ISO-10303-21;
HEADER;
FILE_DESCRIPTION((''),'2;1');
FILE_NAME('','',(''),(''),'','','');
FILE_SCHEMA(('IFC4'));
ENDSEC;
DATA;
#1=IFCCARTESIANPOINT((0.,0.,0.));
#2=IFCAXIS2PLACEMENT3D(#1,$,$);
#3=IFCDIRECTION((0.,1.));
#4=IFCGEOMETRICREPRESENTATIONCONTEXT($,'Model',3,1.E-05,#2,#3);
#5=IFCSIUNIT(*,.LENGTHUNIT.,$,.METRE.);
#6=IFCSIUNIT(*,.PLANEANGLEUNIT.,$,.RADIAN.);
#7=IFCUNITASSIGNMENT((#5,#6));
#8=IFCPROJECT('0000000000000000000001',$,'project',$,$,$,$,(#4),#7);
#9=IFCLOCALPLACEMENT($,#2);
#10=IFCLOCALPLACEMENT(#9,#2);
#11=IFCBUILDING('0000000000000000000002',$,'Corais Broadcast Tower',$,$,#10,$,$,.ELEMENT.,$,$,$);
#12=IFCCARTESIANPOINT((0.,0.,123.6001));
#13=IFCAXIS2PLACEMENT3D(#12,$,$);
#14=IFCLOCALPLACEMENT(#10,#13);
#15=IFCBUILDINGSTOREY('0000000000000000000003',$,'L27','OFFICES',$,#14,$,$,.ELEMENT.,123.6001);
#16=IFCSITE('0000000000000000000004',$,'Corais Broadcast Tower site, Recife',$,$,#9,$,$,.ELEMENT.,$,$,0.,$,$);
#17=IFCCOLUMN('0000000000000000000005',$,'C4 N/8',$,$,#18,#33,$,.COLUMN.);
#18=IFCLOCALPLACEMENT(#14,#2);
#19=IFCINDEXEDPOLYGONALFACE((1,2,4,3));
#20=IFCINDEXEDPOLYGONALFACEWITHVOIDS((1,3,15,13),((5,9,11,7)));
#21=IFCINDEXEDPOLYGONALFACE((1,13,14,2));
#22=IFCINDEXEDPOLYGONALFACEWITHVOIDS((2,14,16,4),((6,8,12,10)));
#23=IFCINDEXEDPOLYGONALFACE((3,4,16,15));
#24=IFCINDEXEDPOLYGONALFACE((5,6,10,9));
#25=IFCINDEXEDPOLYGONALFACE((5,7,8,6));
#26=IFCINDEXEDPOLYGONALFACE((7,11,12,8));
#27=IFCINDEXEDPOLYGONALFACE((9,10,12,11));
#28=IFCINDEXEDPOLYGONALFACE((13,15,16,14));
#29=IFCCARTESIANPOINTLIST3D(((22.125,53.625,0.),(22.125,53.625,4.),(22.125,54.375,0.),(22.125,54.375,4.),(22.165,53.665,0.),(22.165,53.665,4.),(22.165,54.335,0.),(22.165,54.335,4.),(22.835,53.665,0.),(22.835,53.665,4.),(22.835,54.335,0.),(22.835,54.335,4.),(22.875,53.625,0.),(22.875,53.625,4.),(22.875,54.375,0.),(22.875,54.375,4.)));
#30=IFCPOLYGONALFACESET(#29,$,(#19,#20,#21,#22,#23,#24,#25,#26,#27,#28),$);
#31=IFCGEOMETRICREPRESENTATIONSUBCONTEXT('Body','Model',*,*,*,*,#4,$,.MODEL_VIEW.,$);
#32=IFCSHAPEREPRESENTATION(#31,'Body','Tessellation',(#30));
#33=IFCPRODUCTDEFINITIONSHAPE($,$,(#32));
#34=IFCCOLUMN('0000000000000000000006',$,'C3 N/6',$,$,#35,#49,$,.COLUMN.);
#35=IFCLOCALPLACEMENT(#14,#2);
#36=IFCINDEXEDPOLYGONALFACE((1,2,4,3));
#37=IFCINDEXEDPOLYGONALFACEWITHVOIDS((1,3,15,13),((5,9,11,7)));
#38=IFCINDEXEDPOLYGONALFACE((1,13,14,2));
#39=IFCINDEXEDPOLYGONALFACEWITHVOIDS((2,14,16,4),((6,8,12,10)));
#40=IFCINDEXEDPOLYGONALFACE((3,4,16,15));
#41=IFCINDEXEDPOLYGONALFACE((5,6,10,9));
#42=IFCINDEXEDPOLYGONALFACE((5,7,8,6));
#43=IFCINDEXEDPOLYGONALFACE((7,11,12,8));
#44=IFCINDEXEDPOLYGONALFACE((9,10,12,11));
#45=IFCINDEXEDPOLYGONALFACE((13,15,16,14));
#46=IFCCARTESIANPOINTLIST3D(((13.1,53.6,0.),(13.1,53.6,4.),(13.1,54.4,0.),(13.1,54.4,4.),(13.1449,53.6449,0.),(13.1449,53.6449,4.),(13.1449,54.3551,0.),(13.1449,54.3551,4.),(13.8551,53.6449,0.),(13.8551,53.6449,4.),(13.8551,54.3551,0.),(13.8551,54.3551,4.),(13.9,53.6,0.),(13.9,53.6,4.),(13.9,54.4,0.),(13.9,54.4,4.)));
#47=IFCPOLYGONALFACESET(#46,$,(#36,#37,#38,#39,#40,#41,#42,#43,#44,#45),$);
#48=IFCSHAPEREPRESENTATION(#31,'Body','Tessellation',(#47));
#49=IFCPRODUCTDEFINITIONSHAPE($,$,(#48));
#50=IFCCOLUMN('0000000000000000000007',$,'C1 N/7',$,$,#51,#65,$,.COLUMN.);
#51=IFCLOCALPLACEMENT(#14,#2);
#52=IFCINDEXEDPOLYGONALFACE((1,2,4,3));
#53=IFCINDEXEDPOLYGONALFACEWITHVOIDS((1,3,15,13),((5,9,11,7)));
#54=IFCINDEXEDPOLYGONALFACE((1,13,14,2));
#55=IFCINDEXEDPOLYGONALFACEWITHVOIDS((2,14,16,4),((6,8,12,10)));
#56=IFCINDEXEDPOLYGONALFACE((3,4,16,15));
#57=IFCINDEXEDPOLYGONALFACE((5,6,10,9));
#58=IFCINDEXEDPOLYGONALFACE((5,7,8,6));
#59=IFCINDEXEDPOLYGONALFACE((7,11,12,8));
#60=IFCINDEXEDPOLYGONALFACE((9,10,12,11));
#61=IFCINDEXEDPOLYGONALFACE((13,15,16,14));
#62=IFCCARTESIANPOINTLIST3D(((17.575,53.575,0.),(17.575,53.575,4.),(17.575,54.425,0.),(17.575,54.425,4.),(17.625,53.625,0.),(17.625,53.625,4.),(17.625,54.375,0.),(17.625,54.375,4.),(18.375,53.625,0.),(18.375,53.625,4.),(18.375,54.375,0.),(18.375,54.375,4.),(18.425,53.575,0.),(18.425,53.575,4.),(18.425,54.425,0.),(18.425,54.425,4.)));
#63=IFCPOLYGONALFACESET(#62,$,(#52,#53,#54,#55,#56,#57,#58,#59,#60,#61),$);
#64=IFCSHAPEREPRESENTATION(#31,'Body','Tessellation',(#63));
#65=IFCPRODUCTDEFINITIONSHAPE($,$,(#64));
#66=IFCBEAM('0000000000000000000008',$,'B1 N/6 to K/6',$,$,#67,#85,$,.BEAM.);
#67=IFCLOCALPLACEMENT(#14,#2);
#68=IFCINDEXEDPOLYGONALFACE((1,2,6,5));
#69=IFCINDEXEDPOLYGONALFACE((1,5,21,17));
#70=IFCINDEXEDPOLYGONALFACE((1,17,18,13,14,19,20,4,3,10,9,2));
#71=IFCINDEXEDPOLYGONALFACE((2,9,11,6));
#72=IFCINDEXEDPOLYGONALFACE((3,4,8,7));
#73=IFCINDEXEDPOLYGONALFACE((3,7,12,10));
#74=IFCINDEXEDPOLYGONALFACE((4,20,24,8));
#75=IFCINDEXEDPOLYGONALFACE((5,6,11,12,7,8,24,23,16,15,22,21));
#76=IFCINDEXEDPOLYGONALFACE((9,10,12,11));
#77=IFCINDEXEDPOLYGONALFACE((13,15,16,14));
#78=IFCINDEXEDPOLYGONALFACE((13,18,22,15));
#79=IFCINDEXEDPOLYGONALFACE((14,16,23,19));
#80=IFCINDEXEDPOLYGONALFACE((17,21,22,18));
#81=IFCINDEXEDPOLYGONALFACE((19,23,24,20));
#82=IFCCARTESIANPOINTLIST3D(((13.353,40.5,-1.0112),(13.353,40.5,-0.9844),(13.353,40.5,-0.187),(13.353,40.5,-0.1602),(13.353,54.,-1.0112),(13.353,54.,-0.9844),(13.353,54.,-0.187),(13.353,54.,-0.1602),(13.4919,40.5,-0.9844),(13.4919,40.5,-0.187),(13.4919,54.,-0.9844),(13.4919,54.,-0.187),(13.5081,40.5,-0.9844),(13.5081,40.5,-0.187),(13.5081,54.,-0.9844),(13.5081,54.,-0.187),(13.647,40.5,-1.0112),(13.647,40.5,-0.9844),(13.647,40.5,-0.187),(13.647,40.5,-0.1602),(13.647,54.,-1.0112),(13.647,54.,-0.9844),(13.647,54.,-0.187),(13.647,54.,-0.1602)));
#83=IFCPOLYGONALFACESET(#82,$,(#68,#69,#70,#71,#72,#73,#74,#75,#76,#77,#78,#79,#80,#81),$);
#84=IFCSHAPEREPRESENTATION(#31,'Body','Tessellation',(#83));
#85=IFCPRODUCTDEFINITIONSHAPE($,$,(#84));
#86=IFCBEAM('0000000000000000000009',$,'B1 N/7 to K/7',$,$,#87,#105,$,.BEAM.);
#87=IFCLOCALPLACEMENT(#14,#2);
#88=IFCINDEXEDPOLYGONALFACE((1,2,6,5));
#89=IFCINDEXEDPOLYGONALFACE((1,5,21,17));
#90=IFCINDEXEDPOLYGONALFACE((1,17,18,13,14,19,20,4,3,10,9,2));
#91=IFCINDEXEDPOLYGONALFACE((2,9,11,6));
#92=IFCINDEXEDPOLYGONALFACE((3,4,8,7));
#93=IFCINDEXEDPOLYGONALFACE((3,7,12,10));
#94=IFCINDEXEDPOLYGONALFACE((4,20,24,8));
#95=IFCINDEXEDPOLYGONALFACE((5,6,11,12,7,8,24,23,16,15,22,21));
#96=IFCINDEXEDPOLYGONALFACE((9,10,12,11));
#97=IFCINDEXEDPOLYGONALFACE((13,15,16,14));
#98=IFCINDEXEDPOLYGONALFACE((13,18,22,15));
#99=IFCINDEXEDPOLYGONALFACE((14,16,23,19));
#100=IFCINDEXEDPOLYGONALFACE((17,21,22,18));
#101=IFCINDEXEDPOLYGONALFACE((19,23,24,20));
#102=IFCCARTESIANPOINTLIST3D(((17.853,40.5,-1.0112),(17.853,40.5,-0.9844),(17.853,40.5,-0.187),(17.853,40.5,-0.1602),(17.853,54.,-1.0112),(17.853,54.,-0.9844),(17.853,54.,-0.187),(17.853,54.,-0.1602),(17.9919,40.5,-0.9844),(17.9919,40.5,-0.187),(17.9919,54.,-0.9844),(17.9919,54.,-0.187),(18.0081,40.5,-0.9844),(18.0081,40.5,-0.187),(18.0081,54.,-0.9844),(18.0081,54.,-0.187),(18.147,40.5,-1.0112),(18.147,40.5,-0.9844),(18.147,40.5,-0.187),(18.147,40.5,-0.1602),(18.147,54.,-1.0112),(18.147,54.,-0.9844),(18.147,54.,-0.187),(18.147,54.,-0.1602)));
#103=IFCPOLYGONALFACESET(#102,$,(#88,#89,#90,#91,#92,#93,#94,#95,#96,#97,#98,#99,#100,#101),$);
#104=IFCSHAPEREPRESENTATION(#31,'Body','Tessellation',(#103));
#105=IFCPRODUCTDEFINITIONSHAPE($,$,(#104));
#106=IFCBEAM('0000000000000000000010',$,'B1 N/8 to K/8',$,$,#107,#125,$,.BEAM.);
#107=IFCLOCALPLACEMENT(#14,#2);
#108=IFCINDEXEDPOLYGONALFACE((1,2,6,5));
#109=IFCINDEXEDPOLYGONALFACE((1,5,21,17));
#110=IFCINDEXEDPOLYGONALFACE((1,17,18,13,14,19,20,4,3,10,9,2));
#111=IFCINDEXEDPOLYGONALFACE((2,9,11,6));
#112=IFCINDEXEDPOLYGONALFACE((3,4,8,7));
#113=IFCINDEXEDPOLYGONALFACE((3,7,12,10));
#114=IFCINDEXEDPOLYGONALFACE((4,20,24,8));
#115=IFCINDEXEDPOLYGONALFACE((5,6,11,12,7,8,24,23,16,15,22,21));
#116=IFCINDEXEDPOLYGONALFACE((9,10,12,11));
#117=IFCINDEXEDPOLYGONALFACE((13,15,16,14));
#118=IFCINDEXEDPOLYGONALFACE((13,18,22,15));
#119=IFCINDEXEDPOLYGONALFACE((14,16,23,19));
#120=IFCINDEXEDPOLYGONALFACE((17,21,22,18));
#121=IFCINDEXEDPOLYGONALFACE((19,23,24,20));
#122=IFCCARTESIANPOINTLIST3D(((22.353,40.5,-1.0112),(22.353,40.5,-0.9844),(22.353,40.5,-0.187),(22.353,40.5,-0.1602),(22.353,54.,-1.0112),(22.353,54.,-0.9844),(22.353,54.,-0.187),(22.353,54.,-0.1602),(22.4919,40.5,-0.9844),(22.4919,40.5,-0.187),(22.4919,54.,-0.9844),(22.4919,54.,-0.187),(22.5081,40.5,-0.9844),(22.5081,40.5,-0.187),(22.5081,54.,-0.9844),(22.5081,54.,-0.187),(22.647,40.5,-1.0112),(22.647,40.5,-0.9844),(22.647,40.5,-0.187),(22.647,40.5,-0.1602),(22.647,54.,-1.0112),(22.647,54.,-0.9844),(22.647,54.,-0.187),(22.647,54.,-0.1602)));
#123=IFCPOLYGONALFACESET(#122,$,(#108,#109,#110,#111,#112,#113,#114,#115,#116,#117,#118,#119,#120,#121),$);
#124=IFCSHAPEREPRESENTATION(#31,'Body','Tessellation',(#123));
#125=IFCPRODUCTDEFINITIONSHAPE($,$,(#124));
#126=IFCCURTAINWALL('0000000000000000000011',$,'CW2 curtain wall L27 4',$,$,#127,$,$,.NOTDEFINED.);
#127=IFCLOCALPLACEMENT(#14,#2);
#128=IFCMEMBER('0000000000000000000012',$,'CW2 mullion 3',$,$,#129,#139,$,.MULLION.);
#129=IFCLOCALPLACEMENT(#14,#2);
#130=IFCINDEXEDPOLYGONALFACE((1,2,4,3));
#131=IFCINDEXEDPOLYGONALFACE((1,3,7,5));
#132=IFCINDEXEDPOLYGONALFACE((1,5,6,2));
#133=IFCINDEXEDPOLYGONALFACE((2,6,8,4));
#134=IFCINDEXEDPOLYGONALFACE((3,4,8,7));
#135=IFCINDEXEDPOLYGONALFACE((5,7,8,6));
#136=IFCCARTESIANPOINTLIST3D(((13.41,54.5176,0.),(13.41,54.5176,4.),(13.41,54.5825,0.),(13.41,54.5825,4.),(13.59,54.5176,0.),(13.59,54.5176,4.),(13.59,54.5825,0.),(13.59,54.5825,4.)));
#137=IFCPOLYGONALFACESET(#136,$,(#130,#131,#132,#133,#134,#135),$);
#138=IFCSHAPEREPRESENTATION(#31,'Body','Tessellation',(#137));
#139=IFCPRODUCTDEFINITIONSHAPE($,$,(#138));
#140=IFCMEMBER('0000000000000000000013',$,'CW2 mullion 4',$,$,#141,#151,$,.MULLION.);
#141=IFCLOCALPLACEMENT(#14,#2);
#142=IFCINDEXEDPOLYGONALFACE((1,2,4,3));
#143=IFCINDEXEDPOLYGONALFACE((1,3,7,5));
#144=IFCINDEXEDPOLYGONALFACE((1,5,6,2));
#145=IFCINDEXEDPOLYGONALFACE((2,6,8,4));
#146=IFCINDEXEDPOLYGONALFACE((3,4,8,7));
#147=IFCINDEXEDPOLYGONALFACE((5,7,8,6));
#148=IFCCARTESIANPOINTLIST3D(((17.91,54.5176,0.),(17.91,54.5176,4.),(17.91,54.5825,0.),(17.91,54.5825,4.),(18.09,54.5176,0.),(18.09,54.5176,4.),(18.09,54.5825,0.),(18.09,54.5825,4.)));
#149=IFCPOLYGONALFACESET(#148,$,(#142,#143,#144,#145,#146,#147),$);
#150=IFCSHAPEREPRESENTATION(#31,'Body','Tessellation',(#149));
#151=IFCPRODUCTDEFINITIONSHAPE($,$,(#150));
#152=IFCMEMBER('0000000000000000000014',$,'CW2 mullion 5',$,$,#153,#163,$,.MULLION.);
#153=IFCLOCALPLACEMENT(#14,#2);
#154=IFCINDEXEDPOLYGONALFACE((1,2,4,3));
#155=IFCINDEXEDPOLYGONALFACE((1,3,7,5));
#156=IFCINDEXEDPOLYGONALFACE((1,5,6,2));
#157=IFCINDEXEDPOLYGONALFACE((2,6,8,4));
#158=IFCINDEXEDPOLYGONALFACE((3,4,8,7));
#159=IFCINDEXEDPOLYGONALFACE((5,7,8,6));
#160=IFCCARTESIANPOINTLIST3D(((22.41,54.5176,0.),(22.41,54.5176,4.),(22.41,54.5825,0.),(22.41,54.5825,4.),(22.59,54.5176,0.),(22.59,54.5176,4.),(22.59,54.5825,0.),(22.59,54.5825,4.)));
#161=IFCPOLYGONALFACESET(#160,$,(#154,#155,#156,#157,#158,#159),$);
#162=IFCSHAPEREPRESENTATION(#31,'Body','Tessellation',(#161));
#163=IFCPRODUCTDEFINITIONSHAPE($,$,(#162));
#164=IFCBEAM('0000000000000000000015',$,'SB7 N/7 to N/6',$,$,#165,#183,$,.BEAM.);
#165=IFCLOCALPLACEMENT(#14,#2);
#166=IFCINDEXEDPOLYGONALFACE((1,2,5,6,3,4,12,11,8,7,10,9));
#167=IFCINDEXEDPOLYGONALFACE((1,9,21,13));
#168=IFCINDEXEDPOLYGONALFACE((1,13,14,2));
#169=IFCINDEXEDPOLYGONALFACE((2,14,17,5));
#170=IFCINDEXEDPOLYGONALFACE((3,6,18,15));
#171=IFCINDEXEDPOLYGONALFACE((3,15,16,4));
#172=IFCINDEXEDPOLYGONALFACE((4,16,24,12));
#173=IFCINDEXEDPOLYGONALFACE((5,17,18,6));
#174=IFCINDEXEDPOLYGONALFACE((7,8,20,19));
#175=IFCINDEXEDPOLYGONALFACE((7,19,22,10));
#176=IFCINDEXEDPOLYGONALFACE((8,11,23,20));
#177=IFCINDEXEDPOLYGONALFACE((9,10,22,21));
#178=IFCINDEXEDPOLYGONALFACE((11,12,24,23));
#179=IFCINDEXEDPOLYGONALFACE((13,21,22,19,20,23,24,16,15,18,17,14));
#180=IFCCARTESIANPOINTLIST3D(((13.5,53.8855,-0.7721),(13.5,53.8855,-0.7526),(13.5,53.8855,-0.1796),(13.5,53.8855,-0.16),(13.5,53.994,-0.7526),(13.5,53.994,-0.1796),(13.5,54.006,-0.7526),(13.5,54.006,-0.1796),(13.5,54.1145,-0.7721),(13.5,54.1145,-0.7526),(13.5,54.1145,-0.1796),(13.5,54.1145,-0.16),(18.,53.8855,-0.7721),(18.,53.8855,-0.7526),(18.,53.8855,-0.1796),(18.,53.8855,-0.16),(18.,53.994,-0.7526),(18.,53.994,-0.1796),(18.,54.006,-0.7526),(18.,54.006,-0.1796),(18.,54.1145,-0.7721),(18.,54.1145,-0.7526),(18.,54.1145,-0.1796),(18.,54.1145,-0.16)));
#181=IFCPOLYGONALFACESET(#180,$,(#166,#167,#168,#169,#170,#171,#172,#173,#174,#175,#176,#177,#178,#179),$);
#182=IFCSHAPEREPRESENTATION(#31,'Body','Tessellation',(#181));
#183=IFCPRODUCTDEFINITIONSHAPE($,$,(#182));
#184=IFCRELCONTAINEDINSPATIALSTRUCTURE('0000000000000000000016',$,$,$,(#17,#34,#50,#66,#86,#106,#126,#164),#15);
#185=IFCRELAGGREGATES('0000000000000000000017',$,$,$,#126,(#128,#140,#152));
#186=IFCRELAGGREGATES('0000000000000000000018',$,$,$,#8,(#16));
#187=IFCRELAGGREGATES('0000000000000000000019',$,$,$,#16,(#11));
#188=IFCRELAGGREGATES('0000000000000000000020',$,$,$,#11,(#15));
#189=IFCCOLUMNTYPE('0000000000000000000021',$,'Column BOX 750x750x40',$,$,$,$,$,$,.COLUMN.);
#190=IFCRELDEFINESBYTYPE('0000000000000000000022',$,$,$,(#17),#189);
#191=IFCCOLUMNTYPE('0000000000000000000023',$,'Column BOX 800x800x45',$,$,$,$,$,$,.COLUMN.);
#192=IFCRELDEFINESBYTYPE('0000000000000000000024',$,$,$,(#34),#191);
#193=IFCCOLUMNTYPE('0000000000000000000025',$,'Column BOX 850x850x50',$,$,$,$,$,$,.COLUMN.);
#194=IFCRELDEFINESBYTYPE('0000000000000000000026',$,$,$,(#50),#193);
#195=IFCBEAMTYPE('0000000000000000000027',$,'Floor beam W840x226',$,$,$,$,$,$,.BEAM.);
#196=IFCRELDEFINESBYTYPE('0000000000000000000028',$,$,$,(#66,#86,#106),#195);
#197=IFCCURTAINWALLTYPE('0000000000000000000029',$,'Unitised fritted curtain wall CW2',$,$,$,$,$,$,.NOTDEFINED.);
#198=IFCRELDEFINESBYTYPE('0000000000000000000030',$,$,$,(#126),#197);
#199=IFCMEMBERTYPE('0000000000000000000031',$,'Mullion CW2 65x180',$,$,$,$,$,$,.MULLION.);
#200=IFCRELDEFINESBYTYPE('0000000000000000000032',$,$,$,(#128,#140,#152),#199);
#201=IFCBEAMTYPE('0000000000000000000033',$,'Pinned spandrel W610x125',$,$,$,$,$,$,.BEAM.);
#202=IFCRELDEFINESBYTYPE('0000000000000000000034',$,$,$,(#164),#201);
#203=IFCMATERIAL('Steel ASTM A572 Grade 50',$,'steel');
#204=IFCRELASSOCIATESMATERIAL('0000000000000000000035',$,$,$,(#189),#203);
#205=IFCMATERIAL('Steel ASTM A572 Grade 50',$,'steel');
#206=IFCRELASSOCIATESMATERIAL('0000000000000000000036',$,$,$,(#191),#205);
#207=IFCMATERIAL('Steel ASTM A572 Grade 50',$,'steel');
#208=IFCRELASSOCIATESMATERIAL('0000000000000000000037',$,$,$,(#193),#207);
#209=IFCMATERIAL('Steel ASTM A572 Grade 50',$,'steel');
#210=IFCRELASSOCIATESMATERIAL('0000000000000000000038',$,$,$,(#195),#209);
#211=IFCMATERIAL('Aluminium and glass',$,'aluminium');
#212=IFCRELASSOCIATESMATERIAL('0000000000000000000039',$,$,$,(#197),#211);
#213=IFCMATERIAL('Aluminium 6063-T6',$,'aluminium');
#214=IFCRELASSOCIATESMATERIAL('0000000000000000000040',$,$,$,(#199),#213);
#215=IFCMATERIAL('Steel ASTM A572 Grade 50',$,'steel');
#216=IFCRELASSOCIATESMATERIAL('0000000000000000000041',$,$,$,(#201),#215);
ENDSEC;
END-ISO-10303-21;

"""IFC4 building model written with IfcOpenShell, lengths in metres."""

from ifc_helpers import new_model, si_unit, direction, frame, origin, origin_2d, place, context, subcontext, project, spatial, rectangle, hollow_rectangle, i_section, extrude, material, material_profile, profile_set, type_object, element, aggregate, save


model = new_model("IFC4")

# Units and contexts
model_context = context("Model", 3, precision=1e-05, world=origin(), true_north=direction((0.0, 1.0)))
body_context = subcontext(model_context, "Body", "Model", "MODEL_VIEW")
ifc_project = project(units=[si_unit("LENGTHUNIT", "METRE"), si_unit("PLANEANGLEUNIT", "RADIAN")], contexts=[model_context])

# Site, building, storey
site_placement = place(None, origin())
site = spatial("IfcSite", under=ifc_project, at=site_placement, Name="Corais Broadcast Tower site, Recife", CompositionType="ELEMENT", RefElevation=0.0)
building_placement = place(site_placement, origin())
building = spatial("IfcBuilding", under=site, at=building_placement, Name="Corais Broadcast Tower", CompositionType="ELEMENT")
storey_placement = place(building_placement, frame((0.0, 0.0, 123.6001)))
storey = spatial("IfcBuildingStorey", under=building, at=storey_placement, Name="L27", Description="OFFICES", CompositionType="ELEMENT", Elevation=123.6001)

# Columns
ifc_material_1 = material(Name="Steel ASTM A572 Grade 50", Category="steel")
ifc_material_profile_1 = material_profile(ifc_material_1, hollow_rectangle(XDim=0.75, YDim=0.75, WallThickness=0.04, at=origin_2d()), Name="BOX 750x750x40")
ifc_profile_set_1 = profile_set([ifc_material_profile_1], Name="Steel ASTM A572 Grade 50")
column_type_1 = type_object("IfcColumnType", Name="Column BOX 750x750x40", PredefinedType="COLUMN", material=ifc_profile_set_1)
column_1_placement = place(storey_placement, frame((22.5, 54.0, 0.0), z_axis=(0.0, 0.0, 1.0), x_axis=(1.0, 0.0, 0.0)))
element("IfcColumn", 1, at=column_1_placement, inside=storey, type_object=column_type_1, Name="C4 N/8", PredefinedType="COLUMN", context=body_context, shape_type="SweptSolid", body=[
    extrude(hollow_rectangle(XDim=0.75, YDim=0.75, WallThickness=0.04, at=origin_2d()), origin(), (0.0, 0.0, 1.0), 4.0),
])
ifc_material_2 = material(Name="Steel ASTM A572 Grade 50", Category="steel")
ifc_material_profile_2 = material_profile(ifc_material_2, hollow_rectangle(XDim=0.8, YDim=0.8, WallThickness=0.0449, at=origin_2d()), Name="BOX 800x800x45")
ifc_profile_set_2 = profile_set([ifc_material_profile_2], Name="Steel ASTM A572 Grade 50")
column_type_2 = type_object("IfcColumnType", Name="Column BOX 800x800x45", PredefinedType="COLUMN", material=ifc_profile_set_2)
column_2_placement = place(storey_placement, frame((13.5, 54.0, 0.0), z_axis=(0.0, 0.0, 1.0), x_axis=(1.0, 0.0, 0.0)))
element("IfcColumn", 2, at=column_2_placement, inside=storey, type_object=column_type_2, Name="C3 N/6", PredefinedType="COLUMN", context=body_context, shape_type="SweptSolid", body=[
    extrude(hollow_rectangle(XDim=0.8, YDim=0.8, WallThickness=0.0449, at=origin_2d()), origin(), (0.0, 0.0, 1.0), 4.0),
])
ifc_material_3 = material(Name="Steel ASTM A572 Grade 50", Category="steel")
ifc_material_profile_3 = material_profile(ifc_material_3, hollow_rectangle(XDim=0.8501, YDim=0.8501, WallThickness=0.05, at=origin_2d()), Name="BOX 850x850x50")
ifc_profile_set_3 = profile_set([ifc_material_profile_3], Name="Steel ASTM A572 Grade 50")
column_type_3 = type_object("IfcColumnType", Name="Column BOX 850x850x50", PredefinedType="COLUMN", material=ifc_profile_set_3)
column_3_placement = place(storey_placement, frame((18.0, 54.0, 0.0), z_axis=(0.0, 0.0, 1.0), x_axis=(1.0, 0.0, 0.0)))
element("IfcColumn", 3, at=column_3_placement, inside=storey, type_object=column_type_3, Name="C1 N/7", PredefinedType="COLUMN", context=body_context, shape_type="SweptSolid", body=[
    extrude(hollow_rectangle(XDim=0.8501, YDim=0.8501, WallThickness=0.05, at=origin_2d()), origin(), (0.0, 0.0, 1.0), 4.0),
])

# Beams
ifc_material_4 = material(Name="Steel ASTM A572 Grade 50", Category="steel")
ifc_material_profile_4 = material_profile(ifc_material_4, i_section(OverallWidth=0.2939, OverallDepth=0.8511, WebThickness=0.0161, FlangeThickness=0.0269, at=origin_2d()), Name="W840x226")
ifc_profile_set_4 = profile_set([ifc_material_profile_4], Name="Steel ASTM A572 Grade 50")
beam_type_1 = type_object("IfcBeamType", Name="Floor beam W840x226", PredefinedType="BEAM", material=ifc_profile_set_4)
for number, where, z_axis, x_axis, name in (
    (4, (13.5, 54.0, -0.5857), (0.0, -1.0, 0.0), (1.0, 0.0, 0.0), "B1 N/6 to K/6"),
    (5, (18.0, 54.0, -0.5857), (0.0, -1.0, 0.0), (1.0, 0.0, 0.0), "B1 N/7 to K/7"),
    (6, (22.5, 54.0, -0.5857), (0.0, -1.0, 0.0), (1.0, 0.0, 0.0), "B1 N/8 to K/8"),
):
    element("IfcBeam", number, at=place(storey_placement, frame(where, z_axis=z_axis, x_axis=x_axis)), inside=storey, type_object=beam_type_1, Name=name, PredefinedType="BEAM", context=body_context, shape_type="SweptSolid", body=[
        extrude(i_section(OverallWidth=0.2939, OverallDepth=0.8511, WebThickness=0.0161, FlangeThickness=0.0269, at=origin_2d()), origin(), (0.0, 0.0, 1.0), 13.5),
    ])

# Curtain wall, members
ifc_material_5 = material(Name="Aluminium and glass", Category="aluminium")
curtain_wall_type = type_object("IfcCurtainWallType", Name="Unitised fritted curtain wall CW2", PredefinedType="NOTDEFINED", material=ifc_material_5)
curtain_wall_placement = place(storey_placement, origin())
curtain_wall = element("IfcCurtainWall", 7, at=curtain_wall_placement, inside=storey, type_object=curtain_wall_type, Name="CW2 curtain wall L27 4", PredefinedType="NOTDEFINED")
ifc_material_6 = material(Name="Aluminium 6063-T6", Category="aluminium")
ifc_material_profile_5 = material_profile(ifc_material_6, rectangle(XDim=0.0649, YDim=0.1799, at=origin_2d()), Name="Mullion CW2 65x180")
ifc_profile_set_5 = profile_set([ifc_material_profile_5], Name="Aluminium 6063-T6")
member_type_1 = type_object("IfcMemberType", Name="Mullion CW2 65x180", PredefinedType="MULLION", material=ifc_profile_set_5)
member_1_placement = place(storey_placement, frame((13.5, 54.55, 0.0), z_axis=(0.0, 0.0, 1.0), x_axis=(0.0, 1.0, 0.0)))
member_1 = element("IfcMember", 8, at=member_1_placement, type_object=member_type_1, Name="CW2 mullion 3", PredefinedType="MULLION", context=body_context, shape_type="SweptSolid", body=[
    extrude(rectangle(XDim=0.0649, YDim=0.1799, at=origin_2d()), origin(), (0.0, 0.0, 1.0), 4.0),
])
member_2_placement = place(storey_placement, frame((18.0, 54.55, 0.0), z_axis=(0.0, 0.0, 1.0), x_axis=(0.0, 1.0, 0.0)))
member_2 = element("IfcMember", 9, at=member_2_placement, type_object=member_type_1, Name="CW2 mullion 4", PredefinedType="MULLION", context=body_context, shape_type="SweptSolid", body=[
    extrude(rectangle(XDim=0.0649, YDim=0.1799, at=origin_2d()), origin(), (0.0, 0.0, 1.0), 4.0),
])
member_3_placement = place(storey_placement, frame((22.5, 54.55, 0.0), z_axis=(0.0, 0.0, 1.0), x_axis=(0.0, 1.0, 0.0)))
member_3 = element("IfcMember", 10, at=member_3_placement, type_object=member_type_1, Name="CW2 mullion 5", PredefinedType="MULLION", context=body_context, shape_type="SweptSolid", body=[
    extrude(rectangle(XDim=0.0649, YDim=0.1799, at=origin_2d()), origin(), (0.0, 0.0, 1.0), 4.0),
])

# Beam
ifc_material_7 = material(Name="Steel ASTM A572 Grade 50", Category="steel")
ifc_material_profile_6 = material_profile(ifc_material_7, i_section(OverallWidth=0.229, OverallDepth=0.6121, WebThickness=0.012, FlangeThickness=0.0195, at=origin_2d()), Name="W610x125")
ifc_profile_set_6 = profile_set([ifc_material_profile_6], Name="Steel ASTM A572 Grade 50")
beam_type_2 = type_object("IfcBeamType", Name="Pinned spandrel W610x125", PredefinedType="BEAM", material=ifc_profile_set_6)
beam_placement = place(storey_placement, frame((18.0, 54.0, -0.4661), z_axis=(-1.0, 0.0, 0.0), x_axis=(0.0, -1.0, 0.0)))
element("IfcBeam", 11, at=beam_placement, inside=storey, type_object=beam_type_2, Name="SB7 N/7 to N/6", PredefinedType="BEAM", context=body_context, shape_type="SweptSolid", body=[
    extrude(i_section(OverallWidth=0.229, OverallDepth=0.6121, WebThickness=0.012, FlangeThickness=0.0195, at=origin_2d()), origin(), (0.0, 0.0, 1.0), 4.5),
])

aggregate(curtain_wall, [member_1, member_2, member_3])

save(model, "model.ifc")
